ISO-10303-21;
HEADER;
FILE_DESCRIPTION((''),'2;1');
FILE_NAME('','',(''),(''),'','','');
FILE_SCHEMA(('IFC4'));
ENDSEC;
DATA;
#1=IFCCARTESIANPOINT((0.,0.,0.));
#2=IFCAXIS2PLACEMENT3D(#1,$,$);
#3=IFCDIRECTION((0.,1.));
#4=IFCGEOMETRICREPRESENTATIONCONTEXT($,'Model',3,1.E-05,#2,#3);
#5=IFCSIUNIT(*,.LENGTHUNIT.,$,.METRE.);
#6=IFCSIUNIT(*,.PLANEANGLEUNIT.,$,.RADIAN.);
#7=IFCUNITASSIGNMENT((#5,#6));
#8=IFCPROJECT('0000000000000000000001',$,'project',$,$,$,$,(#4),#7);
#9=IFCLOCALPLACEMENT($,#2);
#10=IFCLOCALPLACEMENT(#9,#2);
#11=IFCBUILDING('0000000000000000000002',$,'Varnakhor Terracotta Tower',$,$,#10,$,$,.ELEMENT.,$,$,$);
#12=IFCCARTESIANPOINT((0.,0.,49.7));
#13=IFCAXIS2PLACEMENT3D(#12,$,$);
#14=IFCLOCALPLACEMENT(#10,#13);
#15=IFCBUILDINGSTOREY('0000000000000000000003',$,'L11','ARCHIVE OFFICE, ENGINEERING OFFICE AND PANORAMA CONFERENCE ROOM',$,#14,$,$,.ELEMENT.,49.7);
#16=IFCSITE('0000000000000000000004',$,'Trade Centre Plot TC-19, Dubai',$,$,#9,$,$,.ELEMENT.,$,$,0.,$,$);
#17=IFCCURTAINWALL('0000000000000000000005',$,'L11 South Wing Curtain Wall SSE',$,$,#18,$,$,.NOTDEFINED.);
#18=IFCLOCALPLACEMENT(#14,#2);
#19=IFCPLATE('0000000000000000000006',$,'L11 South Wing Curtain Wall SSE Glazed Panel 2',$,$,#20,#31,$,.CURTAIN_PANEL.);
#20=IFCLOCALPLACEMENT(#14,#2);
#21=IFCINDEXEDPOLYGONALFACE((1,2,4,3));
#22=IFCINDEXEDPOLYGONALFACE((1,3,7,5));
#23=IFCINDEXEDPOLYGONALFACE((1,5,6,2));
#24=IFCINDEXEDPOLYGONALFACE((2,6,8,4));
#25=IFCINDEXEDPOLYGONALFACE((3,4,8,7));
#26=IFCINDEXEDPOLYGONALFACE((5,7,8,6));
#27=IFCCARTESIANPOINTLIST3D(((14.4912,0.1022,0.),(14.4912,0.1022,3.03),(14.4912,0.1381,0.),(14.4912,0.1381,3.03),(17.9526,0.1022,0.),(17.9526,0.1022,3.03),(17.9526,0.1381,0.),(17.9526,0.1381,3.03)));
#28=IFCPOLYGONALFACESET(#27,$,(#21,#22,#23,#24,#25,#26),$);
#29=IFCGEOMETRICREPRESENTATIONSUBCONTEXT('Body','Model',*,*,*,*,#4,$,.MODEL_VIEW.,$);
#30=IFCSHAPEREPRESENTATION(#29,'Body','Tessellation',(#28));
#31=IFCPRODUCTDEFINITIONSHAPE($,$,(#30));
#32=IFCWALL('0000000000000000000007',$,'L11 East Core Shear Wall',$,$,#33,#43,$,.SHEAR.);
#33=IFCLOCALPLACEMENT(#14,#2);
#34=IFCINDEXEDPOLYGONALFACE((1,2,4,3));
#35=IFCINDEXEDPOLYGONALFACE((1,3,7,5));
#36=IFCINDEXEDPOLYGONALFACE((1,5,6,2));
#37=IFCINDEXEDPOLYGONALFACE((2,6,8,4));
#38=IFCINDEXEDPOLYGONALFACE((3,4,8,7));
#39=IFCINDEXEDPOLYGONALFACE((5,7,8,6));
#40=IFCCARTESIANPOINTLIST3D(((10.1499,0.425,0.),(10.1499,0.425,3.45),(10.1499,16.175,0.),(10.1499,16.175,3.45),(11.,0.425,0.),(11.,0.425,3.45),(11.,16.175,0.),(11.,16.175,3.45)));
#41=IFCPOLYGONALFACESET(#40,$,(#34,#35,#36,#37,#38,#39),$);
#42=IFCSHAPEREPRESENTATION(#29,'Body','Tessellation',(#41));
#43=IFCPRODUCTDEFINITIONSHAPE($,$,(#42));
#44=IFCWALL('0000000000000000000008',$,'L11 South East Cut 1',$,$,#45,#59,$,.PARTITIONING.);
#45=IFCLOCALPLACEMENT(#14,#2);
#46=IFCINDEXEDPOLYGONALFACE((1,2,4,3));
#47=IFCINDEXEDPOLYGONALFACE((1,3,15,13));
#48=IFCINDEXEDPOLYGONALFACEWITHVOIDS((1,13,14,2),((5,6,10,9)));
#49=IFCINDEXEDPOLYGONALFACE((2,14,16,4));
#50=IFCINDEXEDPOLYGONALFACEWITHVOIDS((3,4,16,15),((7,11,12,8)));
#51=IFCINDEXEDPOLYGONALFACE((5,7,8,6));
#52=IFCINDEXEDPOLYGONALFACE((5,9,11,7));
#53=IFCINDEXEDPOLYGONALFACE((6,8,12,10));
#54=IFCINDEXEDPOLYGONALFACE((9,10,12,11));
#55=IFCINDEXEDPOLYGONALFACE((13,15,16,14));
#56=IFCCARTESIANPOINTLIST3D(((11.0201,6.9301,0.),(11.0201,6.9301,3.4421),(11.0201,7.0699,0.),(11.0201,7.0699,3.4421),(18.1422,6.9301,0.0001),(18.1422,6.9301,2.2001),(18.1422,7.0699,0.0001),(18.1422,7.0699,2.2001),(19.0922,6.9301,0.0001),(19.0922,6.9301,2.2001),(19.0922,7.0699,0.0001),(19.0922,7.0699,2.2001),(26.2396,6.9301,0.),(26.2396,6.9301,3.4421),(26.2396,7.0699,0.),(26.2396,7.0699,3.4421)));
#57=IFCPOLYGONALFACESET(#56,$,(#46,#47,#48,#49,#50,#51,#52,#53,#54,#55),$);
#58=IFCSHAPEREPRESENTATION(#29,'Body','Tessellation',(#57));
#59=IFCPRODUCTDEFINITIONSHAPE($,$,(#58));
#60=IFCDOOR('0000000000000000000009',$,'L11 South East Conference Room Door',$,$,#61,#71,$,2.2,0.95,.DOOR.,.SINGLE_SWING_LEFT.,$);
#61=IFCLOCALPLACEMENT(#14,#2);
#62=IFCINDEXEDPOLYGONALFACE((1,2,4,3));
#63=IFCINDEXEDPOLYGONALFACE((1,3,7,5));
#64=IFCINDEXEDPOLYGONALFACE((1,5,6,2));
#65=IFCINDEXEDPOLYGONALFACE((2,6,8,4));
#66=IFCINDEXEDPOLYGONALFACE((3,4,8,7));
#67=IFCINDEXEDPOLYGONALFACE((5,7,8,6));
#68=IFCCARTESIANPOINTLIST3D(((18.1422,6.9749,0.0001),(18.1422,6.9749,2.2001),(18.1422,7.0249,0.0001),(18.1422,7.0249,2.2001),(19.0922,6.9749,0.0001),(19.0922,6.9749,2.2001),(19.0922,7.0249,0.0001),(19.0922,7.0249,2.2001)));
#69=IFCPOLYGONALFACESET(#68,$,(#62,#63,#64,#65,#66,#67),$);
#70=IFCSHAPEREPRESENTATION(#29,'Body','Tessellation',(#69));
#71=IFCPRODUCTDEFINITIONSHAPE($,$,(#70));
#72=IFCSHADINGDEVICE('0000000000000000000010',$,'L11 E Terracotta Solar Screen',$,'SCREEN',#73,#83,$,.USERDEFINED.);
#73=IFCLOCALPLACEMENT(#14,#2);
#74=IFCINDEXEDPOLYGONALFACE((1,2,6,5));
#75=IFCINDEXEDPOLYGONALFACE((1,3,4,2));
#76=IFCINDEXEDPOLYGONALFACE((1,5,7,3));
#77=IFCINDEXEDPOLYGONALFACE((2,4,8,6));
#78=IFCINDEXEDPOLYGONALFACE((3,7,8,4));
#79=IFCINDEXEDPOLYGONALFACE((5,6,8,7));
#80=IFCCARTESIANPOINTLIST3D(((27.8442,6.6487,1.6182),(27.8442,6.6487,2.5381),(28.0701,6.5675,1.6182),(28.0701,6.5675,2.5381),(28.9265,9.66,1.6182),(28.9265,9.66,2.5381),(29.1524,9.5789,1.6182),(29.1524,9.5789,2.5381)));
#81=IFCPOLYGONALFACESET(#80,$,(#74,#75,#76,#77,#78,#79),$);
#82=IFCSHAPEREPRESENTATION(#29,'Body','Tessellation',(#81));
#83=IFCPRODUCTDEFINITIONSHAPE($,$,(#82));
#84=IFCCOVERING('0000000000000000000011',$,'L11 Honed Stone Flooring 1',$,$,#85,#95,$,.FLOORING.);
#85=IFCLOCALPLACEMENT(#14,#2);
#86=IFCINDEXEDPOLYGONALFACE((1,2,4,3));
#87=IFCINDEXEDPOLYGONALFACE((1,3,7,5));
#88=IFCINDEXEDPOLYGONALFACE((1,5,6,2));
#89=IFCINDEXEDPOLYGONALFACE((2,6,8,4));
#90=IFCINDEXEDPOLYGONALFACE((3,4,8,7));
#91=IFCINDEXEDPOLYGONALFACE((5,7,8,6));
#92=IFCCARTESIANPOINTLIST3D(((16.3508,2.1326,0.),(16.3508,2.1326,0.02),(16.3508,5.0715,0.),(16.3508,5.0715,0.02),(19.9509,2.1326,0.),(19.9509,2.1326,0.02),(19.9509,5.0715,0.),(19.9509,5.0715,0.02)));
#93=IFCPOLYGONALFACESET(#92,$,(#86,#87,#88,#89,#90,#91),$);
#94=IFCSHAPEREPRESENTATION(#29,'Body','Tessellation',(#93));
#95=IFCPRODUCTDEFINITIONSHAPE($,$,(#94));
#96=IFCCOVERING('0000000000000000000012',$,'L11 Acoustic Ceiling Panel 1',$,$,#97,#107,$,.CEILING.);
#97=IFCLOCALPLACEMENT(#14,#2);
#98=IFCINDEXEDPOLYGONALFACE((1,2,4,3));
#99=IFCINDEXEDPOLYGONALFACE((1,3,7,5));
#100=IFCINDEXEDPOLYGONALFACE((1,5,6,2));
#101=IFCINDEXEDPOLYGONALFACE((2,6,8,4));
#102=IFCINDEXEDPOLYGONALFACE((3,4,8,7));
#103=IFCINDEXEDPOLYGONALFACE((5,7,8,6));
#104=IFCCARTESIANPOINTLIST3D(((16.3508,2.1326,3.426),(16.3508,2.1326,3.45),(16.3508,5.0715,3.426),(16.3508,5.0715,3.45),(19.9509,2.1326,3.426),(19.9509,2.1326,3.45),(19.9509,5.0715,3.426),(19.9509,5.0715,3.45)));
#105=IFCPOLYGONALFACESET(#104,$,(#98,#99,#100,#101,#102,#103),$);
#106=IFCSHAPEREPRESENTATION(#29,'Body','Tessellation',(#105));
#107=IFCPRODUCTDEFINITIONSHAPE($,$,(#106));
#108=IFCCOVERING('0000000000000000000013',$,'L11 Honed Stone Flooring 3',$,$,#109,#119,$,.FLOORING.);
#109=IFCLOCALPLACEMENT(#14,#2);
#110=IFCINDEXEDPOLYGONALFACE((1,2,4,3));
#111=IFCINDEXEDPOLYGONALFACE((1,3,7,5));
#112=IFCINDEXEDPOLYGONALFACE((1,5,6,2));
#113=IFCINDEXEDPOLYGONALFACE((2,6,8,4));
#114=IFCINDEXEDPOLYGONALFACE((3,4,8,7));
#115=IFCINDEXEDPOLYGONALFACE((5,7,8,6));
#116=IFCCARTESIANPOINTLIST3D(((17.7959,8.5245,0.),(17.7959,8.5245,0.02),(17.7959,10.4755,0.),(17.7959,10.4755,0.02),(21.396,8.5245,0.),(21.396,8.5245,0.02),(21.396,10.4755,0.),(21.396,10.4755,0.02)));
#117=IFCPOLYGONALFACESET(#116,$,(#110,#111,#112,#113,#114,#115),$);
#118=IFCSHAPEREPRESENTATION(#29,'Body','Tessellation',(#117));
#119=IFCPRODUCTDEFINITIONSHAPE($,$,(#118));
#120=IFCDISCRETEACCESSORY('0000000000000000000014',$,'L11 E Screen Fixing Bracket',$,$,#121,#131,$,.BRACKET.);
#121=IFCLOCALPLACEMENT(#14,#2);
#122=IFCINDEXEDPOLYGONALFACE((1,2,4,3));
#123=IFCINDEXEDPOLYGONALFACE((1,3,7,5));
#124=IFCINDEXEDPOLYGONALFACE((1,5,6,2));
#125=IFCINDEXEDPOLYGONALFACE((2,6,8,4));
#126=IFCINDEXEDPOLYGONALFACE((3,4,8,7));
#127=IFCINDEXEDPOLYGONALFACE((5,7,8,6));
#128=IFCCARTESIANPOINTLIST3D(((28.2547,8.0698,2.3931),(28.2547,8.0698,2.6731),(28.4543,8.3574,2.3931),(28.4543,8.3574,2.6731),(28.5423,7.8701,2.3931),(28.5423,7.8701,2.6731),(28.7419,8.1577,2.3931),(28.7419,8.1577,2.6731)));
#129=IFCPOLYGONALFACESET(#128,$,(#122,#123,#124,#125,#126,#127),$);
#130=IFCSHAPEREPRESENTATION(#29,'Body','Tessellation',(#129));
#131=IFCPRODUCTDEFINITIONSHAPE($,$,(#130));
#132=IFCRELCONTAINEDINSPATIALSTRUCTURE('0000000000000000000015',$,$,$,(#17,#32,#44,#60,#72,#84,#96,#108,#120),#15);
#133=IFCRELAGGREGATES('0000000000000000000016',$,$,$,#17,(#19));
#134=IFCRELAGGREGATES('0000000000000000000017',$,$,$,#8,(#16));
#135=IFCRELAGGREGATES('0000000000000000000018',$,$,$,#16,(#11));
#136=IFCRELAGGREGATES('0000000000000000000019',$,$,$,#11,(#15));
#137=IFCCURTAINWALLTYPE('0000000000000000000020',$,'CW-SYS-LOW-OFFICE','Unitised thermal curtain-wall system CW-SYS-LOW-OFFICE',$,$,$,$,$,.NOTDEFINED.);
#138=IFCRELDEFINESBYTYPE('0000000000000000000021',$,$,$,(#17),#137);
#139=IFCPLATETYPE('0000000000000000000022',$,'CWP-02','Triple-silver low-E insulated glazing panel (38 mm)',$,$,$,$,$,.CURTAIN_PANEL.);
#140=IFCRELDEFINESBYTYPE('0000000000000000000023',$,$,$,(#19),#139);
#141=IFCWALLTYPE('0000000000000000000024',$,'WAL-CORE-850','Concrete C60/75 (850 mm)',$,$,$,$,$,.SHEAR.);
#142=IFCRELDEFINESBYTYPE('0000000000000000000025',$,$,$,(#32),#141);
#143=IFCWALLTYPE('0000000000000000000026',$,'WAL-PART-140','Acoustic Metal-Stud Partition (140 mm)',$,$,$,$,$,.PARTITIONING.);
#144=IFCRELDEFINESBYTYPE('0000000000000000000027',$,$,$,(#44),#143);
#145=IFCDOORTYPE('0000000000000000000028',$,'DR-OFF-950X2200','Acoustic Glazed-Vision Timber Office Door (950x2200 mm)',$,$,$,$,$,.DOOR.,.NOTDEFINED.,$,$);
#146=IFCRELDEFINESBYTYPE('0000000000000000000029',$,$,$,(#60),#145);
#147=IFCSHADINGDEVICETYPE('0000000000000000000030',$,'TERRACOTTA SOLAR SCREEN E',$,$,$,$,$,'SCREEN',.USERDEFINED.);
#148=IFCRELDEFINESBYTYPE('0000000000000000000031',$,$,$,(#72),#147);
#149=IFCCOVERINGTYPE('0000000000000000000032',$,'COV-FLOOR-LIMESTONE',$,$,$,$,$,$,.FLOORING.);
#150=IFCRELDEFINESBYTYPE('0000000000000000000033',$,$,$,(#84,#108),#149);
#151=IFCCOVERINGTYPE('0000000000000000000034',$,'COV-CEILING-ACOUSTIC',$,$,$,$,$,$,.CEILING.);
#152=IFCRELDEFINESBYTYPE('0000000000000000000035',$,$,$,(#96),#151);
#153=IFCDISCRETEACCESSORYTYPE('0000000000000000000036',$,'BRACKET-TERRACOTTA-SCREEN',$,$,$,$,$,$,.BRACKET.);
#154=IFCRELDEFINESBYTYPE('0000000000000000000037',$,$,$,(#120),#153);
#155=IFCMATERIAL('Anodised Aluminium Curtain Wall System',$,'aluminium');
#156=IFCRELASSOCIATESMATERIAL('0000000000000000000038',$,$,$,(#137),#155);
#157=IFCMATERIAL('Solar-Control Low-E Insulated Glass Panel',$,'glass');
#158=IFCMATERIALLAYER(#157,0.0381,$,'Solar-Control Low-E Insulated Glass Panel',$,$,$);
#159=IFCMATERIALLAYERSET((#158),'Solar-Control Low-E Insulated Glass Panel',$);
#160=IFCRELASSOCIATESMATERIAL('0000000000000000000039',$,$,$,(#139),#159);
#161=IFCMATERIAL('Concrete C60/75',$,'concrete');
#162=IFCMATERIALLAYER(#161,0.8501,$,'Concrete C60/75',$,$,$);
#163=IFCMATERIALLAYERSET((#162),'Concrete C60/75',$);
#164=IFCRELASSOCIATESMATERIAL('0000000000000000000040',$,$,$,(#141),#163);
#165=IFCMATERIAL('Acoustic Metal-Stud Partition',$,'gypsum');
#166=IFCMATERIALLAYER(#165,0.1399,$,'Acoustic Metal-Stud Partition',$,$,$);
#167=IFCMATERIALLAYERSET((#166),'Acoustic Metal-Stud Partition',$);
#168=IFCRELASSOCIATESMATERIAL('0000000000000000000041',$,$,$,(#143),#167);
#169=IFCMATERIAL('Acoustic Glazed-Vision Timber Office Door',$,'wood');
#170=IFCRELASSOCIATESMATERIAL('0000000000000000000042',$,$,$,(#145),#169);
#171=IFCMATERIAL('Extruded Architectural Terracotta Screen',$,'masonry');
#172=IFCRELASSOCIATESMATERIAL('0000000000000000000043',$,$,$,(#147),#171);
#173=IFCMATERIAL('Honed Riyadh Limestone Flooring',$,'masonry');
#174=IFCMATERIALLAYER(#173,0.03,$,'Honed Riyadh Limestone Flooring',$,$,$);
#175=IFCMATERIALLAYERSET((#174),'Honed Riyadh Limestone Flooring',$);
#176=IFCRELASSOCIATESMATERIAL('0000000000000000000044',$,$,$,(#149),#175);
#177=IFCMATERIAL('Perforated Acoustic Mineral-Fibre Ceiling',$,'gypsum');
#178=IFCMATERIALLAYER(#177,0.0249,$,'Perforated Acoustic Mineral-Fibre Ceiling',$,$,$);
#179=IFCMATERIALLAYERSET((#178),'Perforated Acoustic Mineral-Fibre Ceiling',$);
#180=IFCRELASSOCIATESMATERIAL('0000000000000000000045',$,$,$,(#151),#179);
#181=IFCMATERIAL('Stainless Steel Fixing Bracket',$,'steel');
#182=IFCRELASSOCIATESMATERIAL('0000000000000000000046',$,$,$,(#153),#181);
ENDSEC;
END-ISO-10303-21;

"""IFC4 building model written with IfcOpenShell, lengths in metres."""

from ifc_helpers import new_model, si_unit, direction, frame, frame_2d, origin, origin_2d, place, context, subcontext, project, spatial, rectangle, extrude, source, transform, mapped, material, layer, layer_set, type_object, type_shapes, element, fill, aggregate, save


model = new_model("IFC4")

# Units and contexts
model_context = context("Model", 3, precision=1e-05, world=origin(), true_north=direction((0.0, 1.0)))
body_context = subcontext(model_context, "Body", "Model", "MODEL_VIEW")
ifc_project = project(units=[si_unit("LENGTHUNIT", "METRE"), si_unit("PLANEANGLEUNIT", "RADIAN")], contexts=[model_context])

# Site, building, storey
site_placement = place(None, origin())
site = spatial("IfcSite", under=ifc_project, at=site_placement, Name="Trade Centre Plot TC-19, Dubai", CompositionType="ELEMENT", RefElevation=0.0)
building_placement = place(site_placement, origin())
building = spatial("IfcBuilding", under=site, at=building_placement, Name="Varnakhor Terracotta Tower", CompositionType="ELEMENT")
storey_placement = place(building_placement, frame((0.0, 0.0, 49.7)))
storey = spatial("IfcBuildingStorey", under=building, at=storey_placement, Name="L11", Description="ARCHIVE OFFICE, ENGINEERING OFFICE AND PANORAMA CONFERENCE ROOM", CompositionType="ELEMENT", Elevation=49.7)

# Curtain wall
ifc_material_1 = material(Name="Anodised Aluminium Curtain Wall System", Category="aluminium")
curtain_wall_type = type_object("IfcCurtainWallType", Name="CW-SYS-LOW-OFFICE", Description="Unitised thermal curtain-wall system CW-SYS-LOW-OFFICE", PredefinedType="NOTDEFINED", material=ifc_material_1)
curtain_wall_1_placement = place(storey_placement, origin())
curtain_wall_1 = element("IfcCurtainWall", 1, at=curtain_wall_1_placement, inside=storey, type_object=curtain_wall_type, Name="L11 South Wing Curtain Wall SSE", PredefinedType="NOTDEFINED")

# Plate
ifc_material_2 = material(Name="Solar-Control Low-E Insulated Glass Panel", Category="glass")
ifc_layer_1 = layer(ifc_material_2, 0.0381, Name="Solar-Control Low-E Insulated Glass Panel")
ifc_layer_set_1 = layer_set([ifc_layer_1], Name="Solar-Control Low-E Insulated Glass Panel")
plate_type = type_object("IfcPlateType", Name="CWP-02", Description="Triple-silver low-E insulated glazing panel (38 mm)", PredefinedType="CURTAIN_PANEL", material=ifc_layer_set_1)
shared_shape_1 = source(origin(), body_context, "Body", "SweptSolid", [
    extrude(rectangle(XDim=3.4614, YDim=0.0359, at=origin_2d()), origin(), (0.0, 0.0, 1.0), 3.03),
])
plate_1_placement = place(storey_placement, frame((16.2219, 0.1201, 0.0), z_axis=(0.0, 0.0, 1.0), x_axis=(-1.0, 0.0, 0.0)))
plate_1 = element("IfcPlate", 2, at=plate_1_placement, type_object=plate_type, Name="L11 South Wing Curtain Wall SSE Glazed Panel 2", PredefinedType="CURTAIN_PANEL", context=body_context, shape_type="MappedRepresentation", body=[
    mapped(shared_shape_1, transform((0.0, 0.0, 0.0), scale=1.0)),
])
aggregate(curtain_wall_1, [plate_1])

# Wall
ifc_material_3 = material(Name="Concrete C60/75", Category="concrete")
ifc_layer_2 = layer(ifc_material_3, 0.8501, Name="Concrete C60/75")
ifc_layer_set_2 = layer_set([ifc_layer_2], Name="Concrete C60/75")
wall_type_1 = type_object("IfcWallType", Name="WAL-CORE-850", Description="Concrete C60/75 (850 mm)", PredefinedType="SHEAR", material=ifc_layer_set_2)
wall_1_placement = place(storey_placement, frame((10.575, 0.425, 0.0), z_axis=(0.0, 0.0, 1.0), x_axis=(0.0, 1.0, 0.0)))
element("IfcWall", 3, at=wall_1_placement, inside=storey, type_object=wall_type_1, Name="L11 East Core Shear Wall", PredefinedType="SHEAR", context=body_context, shape_type="SweptSolid", body=[
    extrude(rectangle(XDim=15.75, YDim=0.8501, at=frame_2d((7.875, 0.0))), origin(), (0.0, 0.0, 1.0), 3.45),
])

# Wall, opening, door
ifc_material_4 = material(Name="Acoustic Metal-Stud Partition", Category="gypsum")
ifc_layer_3 = layer(ifc_material_4, 0.1399, Name="Acoustic Metal-Stud Partition")
ifc_layer_set_3 = layer_set([ifc_layer_3], Name="Acoustic Metal-Stud Partition")
wall_type_2 = type_object("IfcWallType", Name="WAL-PART-140", Description="Acoustic Metal-Stud Partition (140 mm)", PredefinedType="PARTITIONING", material=ifc_layer_set_3)
wall_2_placement = place(storey_placement, frame((11.02, 7.0, 0.0), z_axis=(0.0, 0.0, 1.0), x_axis=(1.0, 0.0, 0.0)))
wall_2 = element("IfcWall", 4, at=wall_2_placement, inside=storey, type_object=wall_type_2, Name="L11 South East Cut 1", PredefinedType="PARTITIONING", context=body_context, shape_type="SweptSolid", body=[
    extrude(rectangle(XDim=15.2195, YDim=0.1399, at=frame_2d((7.6099, 0.0))), origin(), (0.0, 0.0, 1.0), 3.4421),
])
opening_placement = place(wall_2_placement, frame((7.1221, 0.0, 0.0)))
opening = element("IfcOpeningElement", 5, at=opening_placement, cuts=wall_2, PredefinedType="OPENING", context=body_context, shape_type="SweptSolid", body=[
    extrude(rectangle(XDim=0.95, YDim=2.2, at=frame_2d((0.4751, 1.1001))), frame((0.0, 0.0801, 0.0), z_axis=(0.0, -1.0, 0.0), x_axis=(1.0, 0.0, 0.0)), (0.0, 0.0, 1.0), 0.1599),
])
ifc_material_5 = material(Name="Acoustic Glazed-Vision Timber Office Door", Category="wood")
door_type = type_object("IfcDoorType", Name="DR-OFF-950X2200", Description="Acoustic Glazed-Vision Timber Office Door (950x2200 mm)", OperationType="NOTDEFINED", PredefinedType="DOOR", material=ifc_material_5)
shared_shape_2 = source(origin(), body_context, "Body", "SweptSolid", [
    extrude(rectangle(XDim=0.95, YDim=2.2, at=frame_2d((0.4751, 1.1001))), frame((0.0, 0.0249, 0.0), z_axis=(0.0, -1.0, 0.0), x_axis=(1.0, 0.0, 0.0)), (0.0, 0.0, 1.0), 0.05),
])
type_shapes(door_type, [shared_shape_2])
door_placement = place(opening_placement, origin())
door = element("IfcDoor", 6, at=door_placement, inside=storey, type_object=door_type, Name="L11 South East Conference Room Door", OperationType="SINGLE_SWING_LEFT", OverallHeight=2.2, OverallWidth=0.95, PredefinedType="DOOR", context=body_context, shape_type="MappedRepresentation", body=[
    mapped(shared_shape_2, transform((0.0, 0.0, 0.0), scale=1.0)),
])
fill(opening, door)

# Shading device
ifc_material_6 = material(Name="Extruded Architectural Terracotta Screen", Category="masonry")
shading_device_type = type_object("IfcShadingDeviceType", Name="TERRACOTTA SOLAR SCREEN E", ElementType="SCREEN", PredefinedType="USERDEFINED", material=ifc_material_6)
shared_shape_3 = source(origin(), body_context, "Body", "SweptSolid", [
    extrude(rectangle(XDim=3.2, YDim=0.24, at=origin_2d()), origin(), (0.0, 0.0, 1.0), 0.9199),
])
type_shapes(shading_device_type, [shared_shape_3])
shading_device_placement = place(storey_placement, frame((28.4983, 8.1138, 1.6182), z_axis=(0.0, 0.0, 1.0), x_axis=(0.338229, 0.941064, 0.0)))
element("IfcShadingDevice", 7, at=shading_device_placement, inside=storey, type_object=shading_device_type, Name="L11 E Terracotta Solar Screen", ObjectType="SCREEN", PredefinedType="USERDEFINED", context=body_context, shape_type="MappedRepresentation", body=[
    mapped(shared_shape_3, transform((0.0, 0.0, 0.0), scale=1.0)),
])

# Coverings
ifc_material_7 = material(Name="Honed Riyadh Limestone Flooring", Category="masonry")
ifc_layer_4 = layer(ifc_material_7, 0.03, Name="Honed Riyadh Limestone Flooring")
ifc_layer_set_4 = layer_set([ifc_layer_4], Name="Honed Riyadh Limestone Flooring")
covering_type_1 = type_object("IfcCoveringType", Name="COV-FLOOR-LIMESTONE", PredefinedType="FLOORING", material=ifc_layer_set_4)
shared_shape_4 = source(origin(), body_context, "Body", "SweptSolid", [
    extrude(rectangle(XDim=3.6001, YDim=2.939, at=origin_2d()), origin(), (0.0, 0.0, 1.0), 0.02),
])
covering_1_placement = place(storey_placement, frame((18.1509, 3.6021, 0.0), z_axis=(0.0, 0.0, 1.0), x_axis=(1.0, 0.0, 0.0)))
element("IfcCovering", 8, at=covering_1_placement, inside=storey, type_object=covering_type_1, Name="L11 Honed Stone Flooring 1", PredefinedType="FLOORING", context=body_context, shape_type="MappedRepresentation", body=[
    mapped(shared_shape_4, transform((0.0, 0.0, 0.0), scale=1.0)),
])
ifc_material_8 = material(Name="Perforated Acoustic Mineral-Fibre Ceiling", Category="gypsum")
ifc_layer_5 = layer(ifc_material_8, 0.0249, Name="Perforated Acoustic Mineral-Fibre Ceiling")
ifc_layer_set_5 = layer_set([ifc_layer_5], Name="Perforated Acoustic Mineral-Fibre Ceiling")
covering_type_2 = type_object("IfcCoveringType", Name="COV-CEILING-ACOUSTIC", PredefinedType="CEILING", material=ifc_layer_set_5)
shared_shape_5 = source(origin(), body_context, "Body", "SweptSolid", [
    extrude(rectangle(XDim=3.6001, YDim=2.939, at=origin_2d()), origin(), (0.0, 0.0, 1.0), 0.0239),
])
covering_2_placement = place(storey_placement, frame((18.1509, 3.6021, 3.426), z_axis=(0.0, 0.0, 1.0), x_axis=(1.0, 0.0, 0.0)))
element("IfcCovering", 9, at=covering_2_placement, inside=storey, type_object=covering_type_2, Name="L11 Acoustic Ceiling Panel 1", PredefinedType="CEILING", context=body_context, shape_type="MappedRepresentation", body=[
    mapped(shared_shape_5, transform((0.0, 0.0, 0.0), scale=1.0)),
])
shared_shape_6 = source(origin(), body_context, "Body", "SweptSolid", [
    extrude(rectangle(XDim=3.6001, YDim=1.9509, at=origin_2d()), origin(), (0.0, 0.0, 1.0), 0.02),
])
covering_3_placement = place(storey_placement, frame((19.5959, 9.5, 0.0), z_axis=(0.0, 0.0, 1.0), x_axis=(1.0, 0.0, 0.0)))
element("IfcCovering", 10, at=covering_3_placement, inside=storey, type_object=covering_type_1, Name="L11 Honed Stone Flooring 3", PredefinedType="FLOORING", context=body_context, shape_type="MappedRepresentation", body=[
    mapped(shared_shape_6, transform((0.0, 0.0, 0.0), scale=1.0)),
])

# Discrete accessory
ifc_material_9 = material(Name="Stainless Steel Fixing Bracket", Category="steel")
discrete_accessory_type = type_object("IfcDiscreteAccessoryType", Name="BRACKET-TERRACOTTA-SCREEN", PredefinedType="BRACKET", material=ifc_material_9)
shared_shape_7 = source(origin(), body_context, "Body", "SweptSolid", [
    extrude(rectangle(XDim=0.3501, YDim=0.3501, at=origin_2d()), origin(), (0.0, 0.0, 1.0), 0.28),
])
type_shapes(discrete_accessory_type, [shared_shape_7])
discrete_accessory_placement = place(storey_placement, frame((28.4983, 8.1138, 2.3931), z_axis=(0.0, 0.0, 1.0), x_axis=(0.570269, 0.821458, 0.0)))
element("IfcDiscreteAccessory", 11, at=discrete_accessory_placement, inside=storey, type_object=discrete_accessory_type, Name="L11 E Screen Fixing Bracket", PredefinedType="BRACKET", context=body_context, shape_type="MappedRepresentation", body=[
    mapped(shared_shape_7, transform((0.0, 0.0, 0.0), scale=1.0)),
])

save(model, "model.ifc")
